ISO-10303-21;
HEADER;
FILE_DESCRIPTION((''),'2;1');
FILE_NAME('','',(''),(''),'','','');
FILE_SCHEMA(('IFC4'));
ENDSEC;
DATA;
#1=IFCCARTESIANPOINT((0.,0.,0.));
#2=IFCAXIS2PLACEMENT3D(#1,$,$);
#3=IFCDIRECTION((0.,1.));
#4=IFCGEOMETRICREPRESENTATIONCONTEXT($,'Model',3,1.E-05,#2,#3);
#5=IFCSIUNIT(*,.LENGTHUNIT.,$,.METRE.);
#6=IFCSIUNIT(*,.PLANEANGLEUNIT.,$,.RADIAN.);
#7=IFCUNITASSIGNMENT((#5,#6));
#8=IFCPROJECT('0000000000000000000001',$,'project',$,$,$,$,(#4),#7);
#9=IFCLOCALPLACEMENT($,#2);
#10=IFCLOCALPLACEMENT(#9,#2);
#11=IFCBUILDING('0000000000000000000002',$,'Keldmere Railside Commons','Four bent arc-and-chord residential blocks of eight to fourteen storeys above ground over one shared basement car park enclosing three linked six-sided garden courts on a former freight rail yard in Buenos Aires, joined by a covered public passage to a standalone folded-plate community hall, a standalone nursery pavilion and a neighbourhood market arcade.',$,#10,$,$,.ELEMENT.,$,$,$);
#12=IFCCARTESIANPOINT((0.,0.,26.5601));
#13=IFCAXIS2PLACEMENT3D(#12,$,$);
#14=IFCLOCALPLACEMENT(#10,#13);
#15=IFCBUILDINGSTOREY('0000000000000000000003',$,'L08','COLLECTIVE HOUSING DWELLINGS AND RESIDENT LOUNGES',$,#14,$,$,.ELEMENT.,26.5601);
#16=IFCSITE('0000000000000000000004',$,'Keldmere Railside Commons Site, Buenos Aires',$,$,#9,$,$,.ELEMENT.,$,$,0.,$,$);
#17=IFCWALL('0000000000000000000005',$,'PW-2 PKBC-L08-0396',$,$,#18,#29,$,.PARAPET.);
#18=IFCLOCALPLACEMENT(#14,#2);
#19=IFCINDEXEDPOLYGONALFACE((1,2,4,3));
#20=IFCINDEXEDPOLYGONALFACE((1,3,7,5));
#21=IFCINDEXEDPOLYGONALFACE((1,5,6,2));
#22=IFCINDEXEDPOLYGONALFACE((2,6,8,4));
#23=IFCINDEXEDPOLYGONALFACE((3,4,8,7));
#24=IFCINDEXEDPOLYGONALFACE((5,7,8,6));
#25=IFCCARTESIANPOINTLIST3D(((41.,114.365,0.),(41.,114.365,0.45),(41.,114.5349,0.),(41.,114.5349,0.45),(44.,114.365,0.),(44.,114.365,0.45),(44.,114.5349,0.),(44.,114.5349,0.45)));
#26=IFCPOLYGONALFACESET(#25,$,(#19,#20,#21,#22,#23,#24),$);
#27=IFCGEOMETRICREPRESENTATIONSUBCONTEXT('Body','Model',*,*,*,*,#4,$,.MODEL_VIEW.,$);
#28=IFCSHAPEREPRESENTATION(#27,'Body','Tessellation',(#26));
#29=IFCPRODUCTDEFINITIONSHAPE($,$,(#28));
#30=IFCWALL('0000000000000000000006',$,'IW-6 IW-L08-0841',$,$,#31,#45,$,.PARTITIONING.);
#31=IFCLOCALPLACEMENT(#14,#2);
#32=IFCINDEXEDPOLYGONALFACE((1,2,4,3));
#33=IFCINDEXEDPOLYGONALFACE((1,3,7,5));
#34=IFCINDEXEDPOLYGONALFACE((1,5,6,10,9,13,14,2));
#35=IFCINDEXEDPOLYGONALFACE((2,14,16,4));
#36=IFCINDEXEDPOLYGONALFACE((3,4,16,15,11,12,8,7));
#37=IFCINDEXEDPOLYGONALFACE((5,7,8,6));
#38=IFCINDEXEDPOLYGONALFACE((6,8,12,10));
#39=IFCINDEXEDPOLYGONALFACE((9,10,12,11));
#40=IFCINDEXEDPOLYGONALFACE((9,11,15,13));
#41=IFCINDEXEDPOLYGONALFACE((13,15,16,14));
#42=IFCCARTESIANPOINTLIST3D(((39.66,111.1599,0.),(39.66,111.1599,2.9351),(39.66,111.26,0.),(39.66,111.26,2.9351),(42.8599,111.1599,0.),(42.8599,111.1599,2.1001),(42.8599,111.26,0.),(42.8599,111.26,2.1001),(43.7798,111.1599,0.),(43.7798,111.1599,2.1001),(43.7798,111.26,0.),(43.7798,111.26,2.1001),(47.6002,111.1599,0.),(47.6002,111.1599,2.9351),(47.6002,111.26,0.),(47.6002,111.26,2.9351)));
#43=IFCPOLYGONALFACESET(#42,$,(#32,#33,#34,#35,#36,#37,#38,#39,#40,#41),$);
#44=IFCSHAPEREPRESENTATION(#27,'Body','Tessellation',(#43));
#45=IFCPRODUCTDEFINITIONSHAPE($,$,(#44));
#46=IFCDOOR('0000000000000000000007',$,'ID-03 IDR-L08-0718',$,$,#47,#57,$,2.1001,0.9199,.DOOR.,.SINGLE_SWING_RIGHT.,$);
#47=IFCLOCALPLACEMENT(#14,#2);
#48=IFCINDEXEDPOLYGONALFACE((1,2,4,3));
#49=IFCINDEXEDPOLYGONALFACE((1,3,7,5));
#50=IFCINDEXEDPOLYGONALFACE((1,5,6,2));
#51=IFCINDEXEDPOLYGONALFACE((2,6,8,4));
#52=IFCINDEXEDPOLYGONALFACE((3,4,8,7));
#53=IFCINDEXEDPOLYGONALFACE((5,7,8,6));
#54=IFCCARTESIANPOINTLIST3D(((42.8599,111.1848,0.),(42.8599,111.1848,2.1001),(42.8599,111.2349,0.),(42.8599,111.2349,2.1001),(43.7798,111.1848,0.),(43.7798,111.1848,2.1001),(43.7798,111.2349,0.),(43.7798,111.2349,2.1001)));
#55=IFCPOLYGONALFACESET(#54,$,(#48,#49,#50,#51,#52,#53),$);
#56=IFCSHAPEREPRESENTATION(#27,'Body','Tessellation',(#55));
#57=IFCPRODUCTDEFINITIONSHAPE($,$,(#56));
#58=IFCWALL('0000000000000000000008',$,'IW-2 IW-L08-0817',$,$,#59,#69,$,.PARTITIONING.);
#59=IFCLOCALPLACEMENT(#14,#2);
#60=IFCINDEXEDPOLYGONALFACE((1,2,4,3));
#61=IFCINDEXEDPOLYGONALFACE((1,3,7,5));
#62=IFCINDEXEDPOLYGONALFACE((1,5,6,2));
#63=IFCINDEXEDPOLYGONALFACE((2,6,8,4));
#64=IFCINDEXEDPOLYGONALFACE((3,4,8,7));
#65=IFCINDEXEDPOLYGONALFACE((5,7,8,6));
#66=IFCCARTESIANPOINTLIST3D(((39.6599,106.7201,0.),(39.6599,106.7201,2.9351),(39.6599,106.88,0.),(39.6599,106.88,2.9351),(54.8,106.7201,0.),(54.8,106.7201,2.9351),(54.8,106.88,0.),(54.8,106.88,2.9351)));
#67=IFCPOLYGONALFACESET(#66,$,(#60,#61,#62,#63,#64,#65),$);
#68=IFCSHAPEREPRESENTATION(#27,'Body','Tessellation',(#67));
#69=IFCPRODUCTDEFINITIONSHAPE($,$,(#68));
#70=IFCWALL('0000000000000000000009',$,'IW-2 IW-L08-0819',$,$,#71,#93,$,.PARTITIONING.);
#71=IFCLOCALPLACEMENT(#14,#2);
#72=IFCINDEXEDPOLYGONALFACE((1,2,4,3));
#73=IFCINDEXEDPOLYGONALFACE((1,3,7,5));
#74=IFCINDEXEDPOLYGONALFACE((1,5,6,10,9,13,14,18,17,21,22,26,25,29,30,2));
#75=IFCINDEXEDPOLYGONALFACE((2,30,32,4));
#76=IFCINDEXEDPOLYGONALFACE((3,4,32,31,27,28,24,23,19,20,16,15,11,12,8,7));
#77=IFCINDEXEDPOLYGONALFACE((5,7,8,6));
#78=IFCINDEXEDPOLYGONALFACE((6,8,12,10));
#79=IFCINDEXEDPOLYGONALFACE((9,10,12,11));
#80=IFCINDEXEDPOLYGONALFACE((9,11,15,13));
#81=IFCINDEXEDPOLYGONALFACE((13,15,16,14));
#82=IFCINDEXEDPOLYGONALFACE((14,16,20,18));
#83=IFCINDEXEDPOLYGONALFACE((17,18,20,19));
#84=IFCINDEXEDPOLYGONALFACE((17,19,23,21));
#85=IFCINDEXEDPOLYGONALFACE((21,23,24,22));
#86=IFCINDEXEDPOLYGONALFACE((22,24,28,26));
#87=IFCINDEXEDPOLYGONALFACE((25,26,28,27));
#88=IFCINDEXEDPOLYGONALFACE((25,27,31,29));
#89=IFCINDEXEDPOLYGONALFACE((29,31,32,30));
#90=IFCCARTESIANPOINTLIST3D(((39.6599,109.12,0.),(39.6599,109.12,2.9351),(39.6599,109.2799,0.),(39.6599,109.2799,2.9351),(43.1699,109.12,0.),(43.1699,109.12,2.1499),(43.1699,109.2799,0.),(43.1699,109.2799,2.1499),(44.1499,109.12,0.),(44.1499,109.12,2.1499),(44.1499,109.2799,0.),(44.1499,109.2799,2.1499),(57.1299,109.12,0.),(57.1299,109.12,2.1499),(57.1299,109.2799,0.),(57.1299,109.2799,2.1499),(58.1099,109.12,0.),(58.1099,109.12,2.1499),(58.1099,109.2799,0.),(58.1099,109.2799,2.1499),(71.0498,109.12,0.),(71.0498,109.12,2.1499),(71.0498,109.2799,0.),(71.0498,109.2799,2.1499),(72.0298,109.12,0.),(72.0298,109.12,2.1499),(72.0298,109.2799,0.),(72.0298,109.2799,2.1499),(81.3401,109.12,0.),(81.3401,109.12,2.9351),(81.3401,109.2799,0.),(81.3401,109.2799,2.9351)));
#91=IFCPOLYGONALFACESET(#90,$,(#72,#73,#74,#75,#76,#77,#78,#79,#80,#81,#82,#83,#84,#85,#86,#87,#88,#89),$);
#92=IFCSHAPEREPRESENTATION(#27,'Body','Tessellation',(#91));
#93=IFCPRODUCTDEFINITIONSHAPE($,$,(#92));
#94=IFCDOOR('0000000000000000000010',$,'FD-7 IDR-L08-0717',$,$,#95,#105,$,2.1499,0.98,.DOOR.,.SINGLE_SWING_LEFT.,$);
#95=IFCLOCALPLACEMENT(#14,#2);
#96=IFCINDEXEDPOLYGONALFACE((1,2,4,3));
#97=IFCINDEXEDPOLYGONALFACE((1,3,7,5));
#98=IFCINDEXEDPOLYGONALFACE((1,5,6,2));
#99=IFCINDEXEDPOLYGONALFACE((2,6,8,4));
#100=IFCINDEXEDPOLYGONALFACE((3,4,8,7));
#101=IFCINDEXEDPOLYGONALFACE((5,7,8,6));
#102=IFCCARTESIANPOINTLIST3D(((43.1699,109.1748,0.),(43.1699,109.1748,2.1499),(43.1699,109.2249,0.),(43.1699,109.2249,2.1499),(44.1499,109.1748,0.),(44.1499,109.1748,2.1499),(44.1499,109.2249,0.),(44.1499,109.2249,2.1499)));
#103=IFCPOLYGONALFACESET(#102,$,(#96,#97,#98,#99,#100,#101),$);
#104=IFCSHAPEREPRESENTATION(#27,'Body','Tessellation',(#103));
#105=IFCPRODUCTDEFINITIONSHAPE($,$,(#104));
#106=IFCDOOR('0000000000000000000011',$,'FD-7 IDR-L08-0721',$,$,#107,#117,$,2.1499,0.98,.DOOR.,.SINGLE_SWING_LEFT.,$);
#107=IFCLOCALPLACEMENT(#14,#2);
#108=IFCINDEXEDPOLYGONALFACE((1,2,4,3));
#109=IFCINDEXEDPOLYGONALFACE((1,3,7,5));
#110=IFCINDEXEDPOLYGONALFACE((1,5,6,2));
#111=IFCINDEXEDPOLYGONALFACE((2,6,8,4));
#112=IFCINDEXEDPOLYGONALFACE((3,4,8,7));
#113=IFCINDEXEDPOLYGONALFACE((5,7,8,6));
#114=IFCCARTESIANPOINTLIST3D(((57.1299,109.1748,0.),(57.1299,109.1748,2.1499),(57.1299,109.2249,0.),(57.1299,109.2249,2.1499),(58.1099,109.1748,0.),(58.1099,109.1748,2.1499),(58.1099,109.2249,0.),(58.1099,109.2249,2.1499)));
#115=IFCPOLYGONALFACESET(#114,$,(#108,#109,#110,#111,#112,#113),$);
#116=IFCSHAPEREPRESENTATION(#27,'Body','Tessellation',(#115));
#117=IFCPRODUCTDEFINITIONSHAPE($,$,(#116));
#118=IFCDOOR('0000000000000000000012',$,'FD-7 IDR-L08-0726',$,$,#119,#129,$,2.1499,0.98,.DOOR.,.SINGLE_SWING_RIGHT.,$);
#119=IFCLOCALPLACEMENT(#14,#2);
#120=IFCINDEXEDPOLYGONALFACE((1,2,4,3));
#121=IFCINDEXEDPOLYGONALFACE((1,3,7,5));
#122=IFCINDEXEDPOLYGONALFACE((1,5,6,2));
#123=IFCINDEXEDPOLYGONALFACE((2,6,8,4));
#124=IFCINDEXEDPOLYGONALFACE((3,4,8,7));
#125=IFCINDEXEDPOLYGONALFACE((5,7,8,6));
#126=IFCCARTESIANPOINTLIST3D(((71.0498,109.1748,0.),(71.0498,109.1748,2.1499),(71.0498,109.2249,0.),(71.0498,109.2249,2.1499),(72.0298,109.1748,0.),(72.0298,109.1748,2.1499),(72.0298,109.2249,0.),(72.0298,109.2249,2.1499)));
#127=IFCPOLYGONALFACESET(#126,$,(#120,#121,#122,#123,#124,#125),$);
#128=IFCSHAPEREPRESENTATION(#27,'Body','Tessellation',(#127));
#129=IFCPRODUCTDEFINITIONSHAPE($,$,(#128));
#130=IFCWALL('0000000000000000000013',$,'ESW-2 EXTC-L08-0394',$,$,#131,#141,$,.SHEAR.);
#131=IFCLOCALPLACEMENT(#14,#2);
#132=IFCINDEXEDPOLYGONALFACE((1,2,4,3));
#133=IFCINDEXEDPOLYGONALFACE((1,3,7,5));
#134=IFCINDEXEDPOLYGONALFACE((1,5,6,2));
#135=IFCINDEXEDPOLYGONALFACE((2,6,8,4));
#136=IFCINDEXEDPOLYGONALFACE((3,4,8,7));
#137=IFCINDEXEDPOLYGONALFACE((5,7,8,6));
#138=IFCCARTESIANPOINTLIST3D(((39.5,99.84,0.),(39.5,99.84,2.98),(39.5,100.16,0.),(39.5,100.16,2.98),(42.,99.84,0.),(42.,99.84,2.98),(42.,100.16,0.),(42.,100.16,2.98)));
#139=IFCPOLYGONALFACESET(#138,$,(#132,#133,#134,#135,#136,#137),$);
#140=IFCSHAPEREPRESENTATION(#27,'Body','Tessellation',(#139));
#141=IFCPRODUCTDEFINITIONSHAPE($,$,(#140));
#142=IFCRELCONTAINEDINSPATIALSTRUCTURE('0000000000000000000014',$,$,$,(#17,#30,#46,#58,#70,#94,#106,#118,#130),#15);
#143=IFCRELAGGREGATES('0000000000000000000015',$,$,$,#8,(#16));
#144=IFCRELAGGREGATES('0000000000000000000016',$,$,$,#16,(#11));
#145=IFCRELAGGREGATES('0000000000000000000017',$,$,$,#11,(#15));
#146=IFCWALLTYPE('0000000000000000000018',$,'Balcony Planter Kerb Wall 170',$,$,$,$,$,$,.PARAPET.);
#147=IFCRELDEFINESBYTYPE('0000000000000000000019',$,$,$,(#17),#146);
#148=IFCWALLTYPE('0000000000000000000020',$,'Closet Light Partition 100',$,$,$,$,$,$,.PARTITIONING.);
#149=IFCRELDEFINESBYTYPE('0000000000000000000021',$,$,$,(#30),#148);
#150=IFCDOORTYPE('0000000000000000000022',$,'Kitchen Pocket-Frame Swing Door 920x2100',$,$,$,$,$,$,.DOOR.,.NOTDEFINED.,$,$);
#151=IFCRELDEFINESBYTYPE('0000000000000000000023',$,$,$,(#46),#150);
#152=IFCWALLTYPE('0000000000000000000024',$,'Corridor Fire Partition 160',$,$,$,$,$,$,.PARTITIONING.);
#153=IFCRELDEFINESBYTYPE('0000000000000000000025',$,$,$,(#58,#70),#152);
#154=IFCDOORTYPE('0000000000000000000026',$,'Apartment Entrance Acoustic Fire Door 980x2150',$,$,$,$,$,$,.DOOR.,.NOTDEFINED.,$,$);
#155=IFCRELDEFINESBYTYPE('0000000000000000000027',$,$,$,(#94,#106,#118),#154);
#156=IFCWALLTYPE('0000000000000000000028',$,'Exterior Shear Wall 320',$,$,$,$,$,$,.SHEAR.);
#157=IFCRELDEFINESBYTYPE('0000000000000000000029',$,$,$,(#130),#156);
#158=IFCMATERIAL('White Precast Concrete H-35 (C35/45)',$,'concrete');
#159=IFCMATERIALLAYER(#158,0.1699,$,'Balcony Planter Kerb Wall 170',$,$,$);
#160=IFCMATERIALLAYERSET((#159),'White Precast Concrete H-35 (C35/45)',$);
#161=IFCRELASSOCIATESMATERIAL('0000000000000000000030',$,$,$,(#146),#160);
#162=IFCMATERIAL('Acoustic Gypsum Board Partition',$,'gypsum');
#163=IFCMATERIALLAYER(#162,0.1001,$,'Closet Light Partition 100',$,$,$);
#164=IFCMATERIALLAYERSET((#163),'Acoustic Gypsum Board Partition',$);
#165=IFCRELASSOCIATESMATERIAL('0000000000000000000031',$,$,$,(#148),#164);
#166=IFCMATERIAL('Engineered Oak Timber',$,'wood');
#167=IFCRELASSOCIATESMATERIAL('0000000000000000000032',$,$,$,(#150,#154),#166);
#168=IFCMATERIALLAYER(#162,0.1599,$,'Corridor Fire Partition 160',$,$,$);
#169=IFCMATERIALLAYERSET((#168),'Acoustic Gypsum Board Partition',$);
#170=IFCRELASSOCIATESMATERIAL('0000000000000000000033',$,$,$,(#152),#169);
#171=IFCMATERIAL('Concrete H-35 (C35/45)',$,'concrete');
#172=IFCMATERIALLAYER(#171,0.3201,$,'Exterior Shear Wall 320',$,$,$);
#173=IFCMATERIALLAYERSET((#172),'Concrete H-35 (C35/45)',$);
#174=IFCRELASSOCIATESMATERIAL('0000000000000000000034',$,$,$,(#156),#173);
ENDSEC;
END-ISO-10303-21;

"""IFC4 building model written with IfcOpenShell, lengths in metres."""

from ifc_helpers import new_model, si_unit, direction, frame, frame_2d, origin, place, context, subcontext, project, spatial, rectangle, extrude, material, layer, layer_set, type_object, element, fill, save


model = new_model("IFC4")

# Units and contexts
model_context = context("Model", 3, precision=1e-05, world=origin(), true_north=direction((0.0, 1.0)))
body_context = subcontext(model_context, "Body", "Model", "MODEL_VIEW")
ifc_project = project(units=[si_unit("LENGTHUNIT", "METRE"), si_unit("PLANEANGLEUNIT", "RADIAN")], contexts=[model_context])

# Site, building, storey
site_placement = place(None, origin())
site = spatial("IfcSite", under=ifc_project, at=site_placement, Name="Keldmere Railside Commons Site, Buenos Aires", CompositionType="ELEMENT", RefElevation=0.0)
building_placement = place(site_placement, origin())
building = spatial("IfcBuilding", under=site, at=building_placement, Name="Keldmere Railside Commons", Description="Four bent arc-and-chord residential blocks of eight to fourteen storeys above ground over one shared basement car park enclosing three linked six-sided garden courts on a former freight rail yard in Buenos Aires, joined by a covered public passage to a standalone folded-plate community hall, a standalone nursery pavilion and a neighbourhood market arcade.", CompositionType="ELEMENT")
storey_placement = place(building_placement, frame((0.0, 0.0, 26.5601)))
storey = spatial("IfcBuildingStorey", under=building, at=storey_placement, Name="L08", Description="COLLECTIVE HOUSING DWELLINGS AND RESIDENT LOUNGES", CompositionType="ELEMENT", Elevation=26.5601)

# Shared definitions
ifc_material_1 = material(Name="Concrete H-35 (C35/45)", Category="concrete")

# Wall
ifc_material_2 = material(Name="White Precast Concrete H-35 (C35/45)", Category="concrete")
ifc_layer_1 = layer(ifc_material_2, 0.1699, Name="Balcony Planter Kerb Wall 170")
ifc_layer_set_1 = layer_set([ifc_layer_1], Name="White Precast Concrete H-35 (C35/45)")
wall_type_1 = type_object("IfcWallType", Name="Balcony Planter Kerb Wall 170", PredefinedType="PARAPET", material=ifc_layer_set_1)
wall_1_placement = place(storey_placement, frame((41.0, 114.45, 0.0), z_axis=(0.0, 0.0, 1.0), x_axis=(1.0, 0.0, 0.0)))
element("IfcWall", 1, at=wall_1_placement, inside=storey, type_object=wall_type_1, Name="PW-2 PKBC-L08-0396", PredefinedType="PARAPET", context=body_context, shape_type="SweptSolid", body=[
    extrude(rectangle(XDim=3.0, YDim=0.1699, at=frame_2d((1.5, 0.0))), origin(), (0.0, 0.0, 1.0), 0.45),
])

# Wall, opening, door
ifc_material_3 = material(Name="Acoustic Gypsum Board Partition", Category="gypsum")
ifc_layer_2 = layer(ifc_material_3, 0.1001, Name="Closet Light Partition 100")
ifc_layer_set_2 = layer_set([ifc_layer_2], Name="Acoustic Gypsum Board Partition")
wall_type_2 = type_object("IfcWallType", Name="Closet Light Partition 100", PredefinedType="PARTITIONING", material=ifc_layer_set_2)
wall_2_placement = place(storey_placement, frame((39.6599, 111.21, 0.0), z_axis=(0.0, 0.0, 1.0), x_axis=(1.0, 0.0, 0.0)))
wall_2 = element("IfcWall", 2, at=wall_2_placement, inside=storey, type_object=wall_type_2, Name="IW-6 IW-L08-0841", PredefinedType="PARTITIONING", context=body_context, shape_type="SweptSolid", body=[
    extrude(rectangle(XDim=7.9402, YDim=0.1001, at=frame_2d((3.9702, 0.0))), origin(), (0.0, 0.0, 1.0), 2.9351),
])
opening_1_placement = place(wall_2_placement, frame((3.2, 0.0, 0.0)))
opening_1 = element("IfcOpeningElement", 3, at=opening_1_placement, cuts=wall_2, PredefinedType="OPENING", context=body_context, shape_type="SweptSolid", body=[
    extrude(rectangle(XDim=0.9199, YDim=2.1001, at=frame_2d((0.46, 1.05))), frame((0.0, 0.0601, 0.0), z_axis=(0.0, -1.0, 0.0), x_axis=(1.0, 0.0, 0.0)), (0.0, 0.0, 1.0), 0.1201),
])
ifc_material_4 = material(Name="Engineered Oak Timber", Category="wood")
door_type_1 = type_object("IfcDoorType", Name="Kitchen Pocket-Frame Swing Door 920x2100", OperationType="NOTDEFINED", PredefinedType="DOOR", material=ifc_material_4)
door_1_placement = place(opening_1_placement, origin())
door_1 = element("IfcDoor", 4, at=door_1_placement, inside=storey, type_object=door_type_1, Name="ID-03 IDR-L08-0718", OperationType="SINGLE_SWING_RIGHT", OverallHeight=2.1001, OverallWidth=0.9199, PredefinedType="DOOR", context=body_context, shape_type="SweptSolid", body=[
    extrude(rectangle(XDim=0.9199, YDim=2.1001, at=frame_2d((0.46, 1.05))), frame((0.0, 0.0249, 0.0), z_axis=(0.0, -1.0, 0.0), x_axis=(1.0, 0.0, 0.0)), (0.0, 0.0, 1.0), 0.05),
])
fill(opening_1, door_1)

# Wall
ifc_layer_3 = layer(ifc_material_3, 0.1599, Name="Corridor Fire Partition 160")
ifc_layer_set_3 = layer_set([ifc_layer_3], Name="Acoustic Gypsum Board Partition")
wall_type_3 = type_object("IfcWallType", Name="Corridor Fire Partition 160", PredefinedType="PARTITIONING", material=ifc_layer_set_3)
wall_3_placement = place(storey_placement, frame((39.6599, 106.8, 0.0), z_axis=(0.0, 0.0, 1.0), x_axis=(1.0, 0.0, 0.0)))
element("IfcWall", 5, at=wall_3_placement, inside=storey, type_object=wall_type_3, Name="IW-2 IW-L08-0817", PredefinedType="PARTITIONING", context=body_context, shape_type="SweptSolid", body=[
    extrude(rectangle(XDim=15.1401, YDim=0.1599, at=frame_2d((7.5701, 0.0))), origin(), (0.0, 0.0, 1.0), 2.9351),
])

# Wall, openings, doors
wall_4_placement = place(storey_placement, frame((39.6599, 109.2, 0.0), z_axis=(0.0, 0.0, 1.0), x_axis=(1.0, 0.0, 0.0)))
wall_4 = element("IfcWall", 6, at=wall_4_placement, inside=storey, type_object=wall_type_3, Name="IW-2 IW-L08-0819", PredefinedType="PARTITIONING", context=body_context, shape_type="SweptSolid", body=[
    extrude(rectangle(XDim=41.6802, YDim=0.1599, at=frame_2d((20.8401, 0.0))), origin(), (0.0, 0.0, 1.0), 2.9351),
])
opening_2_placement = place(wall_4_placement, frame((3.51, 0.0, 0.0)))
opening_2 = element("IfcOpeningElement", 7, at=opening_2_placement, cuts=wall_4, PredefinedType="OPENING", context=body_context, shape_type="SweptSolid", body=[
    extrude(rectangle(XDim=0.98, YDim=2.1499, at=frame_2d((0.49, 1.075))), frame((0.0, 0.0898, 0.0), z_axis=(0.0, -1.0, 0.0), x_axis=(1.0, 0.0, 0.0)), (0.0, 0.0, 1.0), 0.1799),
])
opening_3_placement = place(wall_4_placement, frame((17.47, 0.0, 0.0)))
opening_3 = element("IfcOpeningElement", 8, at=opening_3_placement, cuts=wall_4, PredefinedType="OPENING", context=body_context, shape_type="SweptSolid", body=[
    extrude(rectangle(XDim=0.98, YDim=2.1499, at=frame_2d((0.49, 1.075))), frame((0.0, 0.0898, 0.0), z_axis=(0.0, -1.0, 0.0), x_axis=(1.0, 0.0, 0.0)), (0.0, 0.0, 1.0), 0.1799),
])
opening_4_placement = place(wall_4_placement, frame((31.3899, 0.0, 0.0)))
opening_4 = element("IfcOpeningElement", 9, at=opening_4_placement, cuts=wall_4, PredefinedType="OPENING", context=body_context, shape_type="SweptSolid", body=[
    extrude(rectangle(XDim=0.98, YDim=2.1499, at=frame_2d((0.49, 1.075))), frame((0.0, 0.0898, 0.0), z_axis=(0.0, -1.0, 0.0), x_axis=(1.0, 0.0, 0.0)), (0.0, 0.0, 1.0), 0.1799),
])
door_type_2 = type_object("IfcDoorType", Name="Apartment Entrance Acoustic Fire Door 980x2150", OperationType="NOTDEFINED", PredefinedType="DOOR", material=ifc_material_4)
door_2_placement = place(opening_2_placement, origin())
door_2 = element("IfcDoor", 10, at=door_2_placement, inside=storey, type_object=door_type_2, Name="FD-7 IDR-L08-0717", OperationType="SINGLE_SWING_LEFT", OverallHeight=2.1499, OverallWidth=0.98, PredefinedType="DOOR", context=body_context, shape_type="SweptSolid", body=[
    extrude(rectangle(XDim=0.98, YDim=2.1499, at=frame_2d((0.49, 1.075))), frame((0.0, 0.0249, 0.0), z_axis=(0.0, -1.0, 0.0), x_axis=(1.0, 0.0, 0.0)), (0.0, 0.0, 1.0), 0.05),
])
fill(opening_2, door_2)
door_3_placement = place(opening_3_placement, origin())
door_3 = element("IfcDoor", 11, at=door_3_placement, inside=storey, type_object=door_type_2, Name="FD-7 IDR-L08-0721", OperationType="SINGLE_SWING_LEFT", OverallHeight=2.1499, OverallWidth=0.98, PredefinedType="DOOR", context=body_context, shape_type="SweptSolid", body=[
    extrude(rectangle(XDim=0.98, YDim=2.1499, at=frame_2d((0.49, 1.075))), frame((0.0, 0.0249, 0.0), z_axis=(0.0, -1.0, 0.0), x_axis=(1.0, 0.0, 0.0)), (0.0, 0.0, 1.0), 0.05),
])
fill(opening_3, door_3)
door_4_placement = place(opening_4_placement, origin())
door_4 = element("IfcDoor", 12, at=door_4_placement, inside=storey, type_object=door_type_2, Name="FD-7 IDR-L08-0726", OperationType="SINGLE_SWING_RIGHT", OverallHeight=2.1499, OverallWidth=0.98, PredefinedType="DOOR", context=body_context, shape_type="SweptSolid", body=[
    extrude(rectangle(XDim=0.98, YDim=2.1499, at=frame_2d((0.49, 1.075))), frame((0.0, 0.0249, 0.0), z_axis=(0.0, -1.0, 0.0), x_axis=(1.0, 0.0, 0.0)), (0.0, 0.0, 1.0), 0.05),
])
fill(opening_4, door_4)

# Wall
ifc_layer_4 = layer(ifc_material_1, 0.3201, Name="Exterior Shear Wall 320")
ifc_layer_set_4 = layer_set([ifc_layer_4], Name="Concrete H-35 (C35/45)")
wall_type_4 = type_object("IfcWallType", Name="Exterior Shear Wall 320", PredefinedType="SHEAR", material=ifc_layer_set_4)
wall_5_placement = place(storey_placement, frame((42.0, 100.0, 0.0), z_axis=(0.0, 0.0, 1.0), x_axis=(-1.0, 0.0, 0.0)))
element("IfcWall", 13, at=wall_5_placement, inside=storey, type_object=wall_type_4, Name="ESW-2 EXTC-L08-0394", PredefinedType="SHEAR", context=body_context, shape_type="SweptSolid", body=[
    extrude(rectangle(XDim=2.5, YDim=0.3201, at=frame_2d((1.25, 0.0))), origin(), (0.0, 0.0, 1.0), 2.98),
])

save(model, "model.ifc")
